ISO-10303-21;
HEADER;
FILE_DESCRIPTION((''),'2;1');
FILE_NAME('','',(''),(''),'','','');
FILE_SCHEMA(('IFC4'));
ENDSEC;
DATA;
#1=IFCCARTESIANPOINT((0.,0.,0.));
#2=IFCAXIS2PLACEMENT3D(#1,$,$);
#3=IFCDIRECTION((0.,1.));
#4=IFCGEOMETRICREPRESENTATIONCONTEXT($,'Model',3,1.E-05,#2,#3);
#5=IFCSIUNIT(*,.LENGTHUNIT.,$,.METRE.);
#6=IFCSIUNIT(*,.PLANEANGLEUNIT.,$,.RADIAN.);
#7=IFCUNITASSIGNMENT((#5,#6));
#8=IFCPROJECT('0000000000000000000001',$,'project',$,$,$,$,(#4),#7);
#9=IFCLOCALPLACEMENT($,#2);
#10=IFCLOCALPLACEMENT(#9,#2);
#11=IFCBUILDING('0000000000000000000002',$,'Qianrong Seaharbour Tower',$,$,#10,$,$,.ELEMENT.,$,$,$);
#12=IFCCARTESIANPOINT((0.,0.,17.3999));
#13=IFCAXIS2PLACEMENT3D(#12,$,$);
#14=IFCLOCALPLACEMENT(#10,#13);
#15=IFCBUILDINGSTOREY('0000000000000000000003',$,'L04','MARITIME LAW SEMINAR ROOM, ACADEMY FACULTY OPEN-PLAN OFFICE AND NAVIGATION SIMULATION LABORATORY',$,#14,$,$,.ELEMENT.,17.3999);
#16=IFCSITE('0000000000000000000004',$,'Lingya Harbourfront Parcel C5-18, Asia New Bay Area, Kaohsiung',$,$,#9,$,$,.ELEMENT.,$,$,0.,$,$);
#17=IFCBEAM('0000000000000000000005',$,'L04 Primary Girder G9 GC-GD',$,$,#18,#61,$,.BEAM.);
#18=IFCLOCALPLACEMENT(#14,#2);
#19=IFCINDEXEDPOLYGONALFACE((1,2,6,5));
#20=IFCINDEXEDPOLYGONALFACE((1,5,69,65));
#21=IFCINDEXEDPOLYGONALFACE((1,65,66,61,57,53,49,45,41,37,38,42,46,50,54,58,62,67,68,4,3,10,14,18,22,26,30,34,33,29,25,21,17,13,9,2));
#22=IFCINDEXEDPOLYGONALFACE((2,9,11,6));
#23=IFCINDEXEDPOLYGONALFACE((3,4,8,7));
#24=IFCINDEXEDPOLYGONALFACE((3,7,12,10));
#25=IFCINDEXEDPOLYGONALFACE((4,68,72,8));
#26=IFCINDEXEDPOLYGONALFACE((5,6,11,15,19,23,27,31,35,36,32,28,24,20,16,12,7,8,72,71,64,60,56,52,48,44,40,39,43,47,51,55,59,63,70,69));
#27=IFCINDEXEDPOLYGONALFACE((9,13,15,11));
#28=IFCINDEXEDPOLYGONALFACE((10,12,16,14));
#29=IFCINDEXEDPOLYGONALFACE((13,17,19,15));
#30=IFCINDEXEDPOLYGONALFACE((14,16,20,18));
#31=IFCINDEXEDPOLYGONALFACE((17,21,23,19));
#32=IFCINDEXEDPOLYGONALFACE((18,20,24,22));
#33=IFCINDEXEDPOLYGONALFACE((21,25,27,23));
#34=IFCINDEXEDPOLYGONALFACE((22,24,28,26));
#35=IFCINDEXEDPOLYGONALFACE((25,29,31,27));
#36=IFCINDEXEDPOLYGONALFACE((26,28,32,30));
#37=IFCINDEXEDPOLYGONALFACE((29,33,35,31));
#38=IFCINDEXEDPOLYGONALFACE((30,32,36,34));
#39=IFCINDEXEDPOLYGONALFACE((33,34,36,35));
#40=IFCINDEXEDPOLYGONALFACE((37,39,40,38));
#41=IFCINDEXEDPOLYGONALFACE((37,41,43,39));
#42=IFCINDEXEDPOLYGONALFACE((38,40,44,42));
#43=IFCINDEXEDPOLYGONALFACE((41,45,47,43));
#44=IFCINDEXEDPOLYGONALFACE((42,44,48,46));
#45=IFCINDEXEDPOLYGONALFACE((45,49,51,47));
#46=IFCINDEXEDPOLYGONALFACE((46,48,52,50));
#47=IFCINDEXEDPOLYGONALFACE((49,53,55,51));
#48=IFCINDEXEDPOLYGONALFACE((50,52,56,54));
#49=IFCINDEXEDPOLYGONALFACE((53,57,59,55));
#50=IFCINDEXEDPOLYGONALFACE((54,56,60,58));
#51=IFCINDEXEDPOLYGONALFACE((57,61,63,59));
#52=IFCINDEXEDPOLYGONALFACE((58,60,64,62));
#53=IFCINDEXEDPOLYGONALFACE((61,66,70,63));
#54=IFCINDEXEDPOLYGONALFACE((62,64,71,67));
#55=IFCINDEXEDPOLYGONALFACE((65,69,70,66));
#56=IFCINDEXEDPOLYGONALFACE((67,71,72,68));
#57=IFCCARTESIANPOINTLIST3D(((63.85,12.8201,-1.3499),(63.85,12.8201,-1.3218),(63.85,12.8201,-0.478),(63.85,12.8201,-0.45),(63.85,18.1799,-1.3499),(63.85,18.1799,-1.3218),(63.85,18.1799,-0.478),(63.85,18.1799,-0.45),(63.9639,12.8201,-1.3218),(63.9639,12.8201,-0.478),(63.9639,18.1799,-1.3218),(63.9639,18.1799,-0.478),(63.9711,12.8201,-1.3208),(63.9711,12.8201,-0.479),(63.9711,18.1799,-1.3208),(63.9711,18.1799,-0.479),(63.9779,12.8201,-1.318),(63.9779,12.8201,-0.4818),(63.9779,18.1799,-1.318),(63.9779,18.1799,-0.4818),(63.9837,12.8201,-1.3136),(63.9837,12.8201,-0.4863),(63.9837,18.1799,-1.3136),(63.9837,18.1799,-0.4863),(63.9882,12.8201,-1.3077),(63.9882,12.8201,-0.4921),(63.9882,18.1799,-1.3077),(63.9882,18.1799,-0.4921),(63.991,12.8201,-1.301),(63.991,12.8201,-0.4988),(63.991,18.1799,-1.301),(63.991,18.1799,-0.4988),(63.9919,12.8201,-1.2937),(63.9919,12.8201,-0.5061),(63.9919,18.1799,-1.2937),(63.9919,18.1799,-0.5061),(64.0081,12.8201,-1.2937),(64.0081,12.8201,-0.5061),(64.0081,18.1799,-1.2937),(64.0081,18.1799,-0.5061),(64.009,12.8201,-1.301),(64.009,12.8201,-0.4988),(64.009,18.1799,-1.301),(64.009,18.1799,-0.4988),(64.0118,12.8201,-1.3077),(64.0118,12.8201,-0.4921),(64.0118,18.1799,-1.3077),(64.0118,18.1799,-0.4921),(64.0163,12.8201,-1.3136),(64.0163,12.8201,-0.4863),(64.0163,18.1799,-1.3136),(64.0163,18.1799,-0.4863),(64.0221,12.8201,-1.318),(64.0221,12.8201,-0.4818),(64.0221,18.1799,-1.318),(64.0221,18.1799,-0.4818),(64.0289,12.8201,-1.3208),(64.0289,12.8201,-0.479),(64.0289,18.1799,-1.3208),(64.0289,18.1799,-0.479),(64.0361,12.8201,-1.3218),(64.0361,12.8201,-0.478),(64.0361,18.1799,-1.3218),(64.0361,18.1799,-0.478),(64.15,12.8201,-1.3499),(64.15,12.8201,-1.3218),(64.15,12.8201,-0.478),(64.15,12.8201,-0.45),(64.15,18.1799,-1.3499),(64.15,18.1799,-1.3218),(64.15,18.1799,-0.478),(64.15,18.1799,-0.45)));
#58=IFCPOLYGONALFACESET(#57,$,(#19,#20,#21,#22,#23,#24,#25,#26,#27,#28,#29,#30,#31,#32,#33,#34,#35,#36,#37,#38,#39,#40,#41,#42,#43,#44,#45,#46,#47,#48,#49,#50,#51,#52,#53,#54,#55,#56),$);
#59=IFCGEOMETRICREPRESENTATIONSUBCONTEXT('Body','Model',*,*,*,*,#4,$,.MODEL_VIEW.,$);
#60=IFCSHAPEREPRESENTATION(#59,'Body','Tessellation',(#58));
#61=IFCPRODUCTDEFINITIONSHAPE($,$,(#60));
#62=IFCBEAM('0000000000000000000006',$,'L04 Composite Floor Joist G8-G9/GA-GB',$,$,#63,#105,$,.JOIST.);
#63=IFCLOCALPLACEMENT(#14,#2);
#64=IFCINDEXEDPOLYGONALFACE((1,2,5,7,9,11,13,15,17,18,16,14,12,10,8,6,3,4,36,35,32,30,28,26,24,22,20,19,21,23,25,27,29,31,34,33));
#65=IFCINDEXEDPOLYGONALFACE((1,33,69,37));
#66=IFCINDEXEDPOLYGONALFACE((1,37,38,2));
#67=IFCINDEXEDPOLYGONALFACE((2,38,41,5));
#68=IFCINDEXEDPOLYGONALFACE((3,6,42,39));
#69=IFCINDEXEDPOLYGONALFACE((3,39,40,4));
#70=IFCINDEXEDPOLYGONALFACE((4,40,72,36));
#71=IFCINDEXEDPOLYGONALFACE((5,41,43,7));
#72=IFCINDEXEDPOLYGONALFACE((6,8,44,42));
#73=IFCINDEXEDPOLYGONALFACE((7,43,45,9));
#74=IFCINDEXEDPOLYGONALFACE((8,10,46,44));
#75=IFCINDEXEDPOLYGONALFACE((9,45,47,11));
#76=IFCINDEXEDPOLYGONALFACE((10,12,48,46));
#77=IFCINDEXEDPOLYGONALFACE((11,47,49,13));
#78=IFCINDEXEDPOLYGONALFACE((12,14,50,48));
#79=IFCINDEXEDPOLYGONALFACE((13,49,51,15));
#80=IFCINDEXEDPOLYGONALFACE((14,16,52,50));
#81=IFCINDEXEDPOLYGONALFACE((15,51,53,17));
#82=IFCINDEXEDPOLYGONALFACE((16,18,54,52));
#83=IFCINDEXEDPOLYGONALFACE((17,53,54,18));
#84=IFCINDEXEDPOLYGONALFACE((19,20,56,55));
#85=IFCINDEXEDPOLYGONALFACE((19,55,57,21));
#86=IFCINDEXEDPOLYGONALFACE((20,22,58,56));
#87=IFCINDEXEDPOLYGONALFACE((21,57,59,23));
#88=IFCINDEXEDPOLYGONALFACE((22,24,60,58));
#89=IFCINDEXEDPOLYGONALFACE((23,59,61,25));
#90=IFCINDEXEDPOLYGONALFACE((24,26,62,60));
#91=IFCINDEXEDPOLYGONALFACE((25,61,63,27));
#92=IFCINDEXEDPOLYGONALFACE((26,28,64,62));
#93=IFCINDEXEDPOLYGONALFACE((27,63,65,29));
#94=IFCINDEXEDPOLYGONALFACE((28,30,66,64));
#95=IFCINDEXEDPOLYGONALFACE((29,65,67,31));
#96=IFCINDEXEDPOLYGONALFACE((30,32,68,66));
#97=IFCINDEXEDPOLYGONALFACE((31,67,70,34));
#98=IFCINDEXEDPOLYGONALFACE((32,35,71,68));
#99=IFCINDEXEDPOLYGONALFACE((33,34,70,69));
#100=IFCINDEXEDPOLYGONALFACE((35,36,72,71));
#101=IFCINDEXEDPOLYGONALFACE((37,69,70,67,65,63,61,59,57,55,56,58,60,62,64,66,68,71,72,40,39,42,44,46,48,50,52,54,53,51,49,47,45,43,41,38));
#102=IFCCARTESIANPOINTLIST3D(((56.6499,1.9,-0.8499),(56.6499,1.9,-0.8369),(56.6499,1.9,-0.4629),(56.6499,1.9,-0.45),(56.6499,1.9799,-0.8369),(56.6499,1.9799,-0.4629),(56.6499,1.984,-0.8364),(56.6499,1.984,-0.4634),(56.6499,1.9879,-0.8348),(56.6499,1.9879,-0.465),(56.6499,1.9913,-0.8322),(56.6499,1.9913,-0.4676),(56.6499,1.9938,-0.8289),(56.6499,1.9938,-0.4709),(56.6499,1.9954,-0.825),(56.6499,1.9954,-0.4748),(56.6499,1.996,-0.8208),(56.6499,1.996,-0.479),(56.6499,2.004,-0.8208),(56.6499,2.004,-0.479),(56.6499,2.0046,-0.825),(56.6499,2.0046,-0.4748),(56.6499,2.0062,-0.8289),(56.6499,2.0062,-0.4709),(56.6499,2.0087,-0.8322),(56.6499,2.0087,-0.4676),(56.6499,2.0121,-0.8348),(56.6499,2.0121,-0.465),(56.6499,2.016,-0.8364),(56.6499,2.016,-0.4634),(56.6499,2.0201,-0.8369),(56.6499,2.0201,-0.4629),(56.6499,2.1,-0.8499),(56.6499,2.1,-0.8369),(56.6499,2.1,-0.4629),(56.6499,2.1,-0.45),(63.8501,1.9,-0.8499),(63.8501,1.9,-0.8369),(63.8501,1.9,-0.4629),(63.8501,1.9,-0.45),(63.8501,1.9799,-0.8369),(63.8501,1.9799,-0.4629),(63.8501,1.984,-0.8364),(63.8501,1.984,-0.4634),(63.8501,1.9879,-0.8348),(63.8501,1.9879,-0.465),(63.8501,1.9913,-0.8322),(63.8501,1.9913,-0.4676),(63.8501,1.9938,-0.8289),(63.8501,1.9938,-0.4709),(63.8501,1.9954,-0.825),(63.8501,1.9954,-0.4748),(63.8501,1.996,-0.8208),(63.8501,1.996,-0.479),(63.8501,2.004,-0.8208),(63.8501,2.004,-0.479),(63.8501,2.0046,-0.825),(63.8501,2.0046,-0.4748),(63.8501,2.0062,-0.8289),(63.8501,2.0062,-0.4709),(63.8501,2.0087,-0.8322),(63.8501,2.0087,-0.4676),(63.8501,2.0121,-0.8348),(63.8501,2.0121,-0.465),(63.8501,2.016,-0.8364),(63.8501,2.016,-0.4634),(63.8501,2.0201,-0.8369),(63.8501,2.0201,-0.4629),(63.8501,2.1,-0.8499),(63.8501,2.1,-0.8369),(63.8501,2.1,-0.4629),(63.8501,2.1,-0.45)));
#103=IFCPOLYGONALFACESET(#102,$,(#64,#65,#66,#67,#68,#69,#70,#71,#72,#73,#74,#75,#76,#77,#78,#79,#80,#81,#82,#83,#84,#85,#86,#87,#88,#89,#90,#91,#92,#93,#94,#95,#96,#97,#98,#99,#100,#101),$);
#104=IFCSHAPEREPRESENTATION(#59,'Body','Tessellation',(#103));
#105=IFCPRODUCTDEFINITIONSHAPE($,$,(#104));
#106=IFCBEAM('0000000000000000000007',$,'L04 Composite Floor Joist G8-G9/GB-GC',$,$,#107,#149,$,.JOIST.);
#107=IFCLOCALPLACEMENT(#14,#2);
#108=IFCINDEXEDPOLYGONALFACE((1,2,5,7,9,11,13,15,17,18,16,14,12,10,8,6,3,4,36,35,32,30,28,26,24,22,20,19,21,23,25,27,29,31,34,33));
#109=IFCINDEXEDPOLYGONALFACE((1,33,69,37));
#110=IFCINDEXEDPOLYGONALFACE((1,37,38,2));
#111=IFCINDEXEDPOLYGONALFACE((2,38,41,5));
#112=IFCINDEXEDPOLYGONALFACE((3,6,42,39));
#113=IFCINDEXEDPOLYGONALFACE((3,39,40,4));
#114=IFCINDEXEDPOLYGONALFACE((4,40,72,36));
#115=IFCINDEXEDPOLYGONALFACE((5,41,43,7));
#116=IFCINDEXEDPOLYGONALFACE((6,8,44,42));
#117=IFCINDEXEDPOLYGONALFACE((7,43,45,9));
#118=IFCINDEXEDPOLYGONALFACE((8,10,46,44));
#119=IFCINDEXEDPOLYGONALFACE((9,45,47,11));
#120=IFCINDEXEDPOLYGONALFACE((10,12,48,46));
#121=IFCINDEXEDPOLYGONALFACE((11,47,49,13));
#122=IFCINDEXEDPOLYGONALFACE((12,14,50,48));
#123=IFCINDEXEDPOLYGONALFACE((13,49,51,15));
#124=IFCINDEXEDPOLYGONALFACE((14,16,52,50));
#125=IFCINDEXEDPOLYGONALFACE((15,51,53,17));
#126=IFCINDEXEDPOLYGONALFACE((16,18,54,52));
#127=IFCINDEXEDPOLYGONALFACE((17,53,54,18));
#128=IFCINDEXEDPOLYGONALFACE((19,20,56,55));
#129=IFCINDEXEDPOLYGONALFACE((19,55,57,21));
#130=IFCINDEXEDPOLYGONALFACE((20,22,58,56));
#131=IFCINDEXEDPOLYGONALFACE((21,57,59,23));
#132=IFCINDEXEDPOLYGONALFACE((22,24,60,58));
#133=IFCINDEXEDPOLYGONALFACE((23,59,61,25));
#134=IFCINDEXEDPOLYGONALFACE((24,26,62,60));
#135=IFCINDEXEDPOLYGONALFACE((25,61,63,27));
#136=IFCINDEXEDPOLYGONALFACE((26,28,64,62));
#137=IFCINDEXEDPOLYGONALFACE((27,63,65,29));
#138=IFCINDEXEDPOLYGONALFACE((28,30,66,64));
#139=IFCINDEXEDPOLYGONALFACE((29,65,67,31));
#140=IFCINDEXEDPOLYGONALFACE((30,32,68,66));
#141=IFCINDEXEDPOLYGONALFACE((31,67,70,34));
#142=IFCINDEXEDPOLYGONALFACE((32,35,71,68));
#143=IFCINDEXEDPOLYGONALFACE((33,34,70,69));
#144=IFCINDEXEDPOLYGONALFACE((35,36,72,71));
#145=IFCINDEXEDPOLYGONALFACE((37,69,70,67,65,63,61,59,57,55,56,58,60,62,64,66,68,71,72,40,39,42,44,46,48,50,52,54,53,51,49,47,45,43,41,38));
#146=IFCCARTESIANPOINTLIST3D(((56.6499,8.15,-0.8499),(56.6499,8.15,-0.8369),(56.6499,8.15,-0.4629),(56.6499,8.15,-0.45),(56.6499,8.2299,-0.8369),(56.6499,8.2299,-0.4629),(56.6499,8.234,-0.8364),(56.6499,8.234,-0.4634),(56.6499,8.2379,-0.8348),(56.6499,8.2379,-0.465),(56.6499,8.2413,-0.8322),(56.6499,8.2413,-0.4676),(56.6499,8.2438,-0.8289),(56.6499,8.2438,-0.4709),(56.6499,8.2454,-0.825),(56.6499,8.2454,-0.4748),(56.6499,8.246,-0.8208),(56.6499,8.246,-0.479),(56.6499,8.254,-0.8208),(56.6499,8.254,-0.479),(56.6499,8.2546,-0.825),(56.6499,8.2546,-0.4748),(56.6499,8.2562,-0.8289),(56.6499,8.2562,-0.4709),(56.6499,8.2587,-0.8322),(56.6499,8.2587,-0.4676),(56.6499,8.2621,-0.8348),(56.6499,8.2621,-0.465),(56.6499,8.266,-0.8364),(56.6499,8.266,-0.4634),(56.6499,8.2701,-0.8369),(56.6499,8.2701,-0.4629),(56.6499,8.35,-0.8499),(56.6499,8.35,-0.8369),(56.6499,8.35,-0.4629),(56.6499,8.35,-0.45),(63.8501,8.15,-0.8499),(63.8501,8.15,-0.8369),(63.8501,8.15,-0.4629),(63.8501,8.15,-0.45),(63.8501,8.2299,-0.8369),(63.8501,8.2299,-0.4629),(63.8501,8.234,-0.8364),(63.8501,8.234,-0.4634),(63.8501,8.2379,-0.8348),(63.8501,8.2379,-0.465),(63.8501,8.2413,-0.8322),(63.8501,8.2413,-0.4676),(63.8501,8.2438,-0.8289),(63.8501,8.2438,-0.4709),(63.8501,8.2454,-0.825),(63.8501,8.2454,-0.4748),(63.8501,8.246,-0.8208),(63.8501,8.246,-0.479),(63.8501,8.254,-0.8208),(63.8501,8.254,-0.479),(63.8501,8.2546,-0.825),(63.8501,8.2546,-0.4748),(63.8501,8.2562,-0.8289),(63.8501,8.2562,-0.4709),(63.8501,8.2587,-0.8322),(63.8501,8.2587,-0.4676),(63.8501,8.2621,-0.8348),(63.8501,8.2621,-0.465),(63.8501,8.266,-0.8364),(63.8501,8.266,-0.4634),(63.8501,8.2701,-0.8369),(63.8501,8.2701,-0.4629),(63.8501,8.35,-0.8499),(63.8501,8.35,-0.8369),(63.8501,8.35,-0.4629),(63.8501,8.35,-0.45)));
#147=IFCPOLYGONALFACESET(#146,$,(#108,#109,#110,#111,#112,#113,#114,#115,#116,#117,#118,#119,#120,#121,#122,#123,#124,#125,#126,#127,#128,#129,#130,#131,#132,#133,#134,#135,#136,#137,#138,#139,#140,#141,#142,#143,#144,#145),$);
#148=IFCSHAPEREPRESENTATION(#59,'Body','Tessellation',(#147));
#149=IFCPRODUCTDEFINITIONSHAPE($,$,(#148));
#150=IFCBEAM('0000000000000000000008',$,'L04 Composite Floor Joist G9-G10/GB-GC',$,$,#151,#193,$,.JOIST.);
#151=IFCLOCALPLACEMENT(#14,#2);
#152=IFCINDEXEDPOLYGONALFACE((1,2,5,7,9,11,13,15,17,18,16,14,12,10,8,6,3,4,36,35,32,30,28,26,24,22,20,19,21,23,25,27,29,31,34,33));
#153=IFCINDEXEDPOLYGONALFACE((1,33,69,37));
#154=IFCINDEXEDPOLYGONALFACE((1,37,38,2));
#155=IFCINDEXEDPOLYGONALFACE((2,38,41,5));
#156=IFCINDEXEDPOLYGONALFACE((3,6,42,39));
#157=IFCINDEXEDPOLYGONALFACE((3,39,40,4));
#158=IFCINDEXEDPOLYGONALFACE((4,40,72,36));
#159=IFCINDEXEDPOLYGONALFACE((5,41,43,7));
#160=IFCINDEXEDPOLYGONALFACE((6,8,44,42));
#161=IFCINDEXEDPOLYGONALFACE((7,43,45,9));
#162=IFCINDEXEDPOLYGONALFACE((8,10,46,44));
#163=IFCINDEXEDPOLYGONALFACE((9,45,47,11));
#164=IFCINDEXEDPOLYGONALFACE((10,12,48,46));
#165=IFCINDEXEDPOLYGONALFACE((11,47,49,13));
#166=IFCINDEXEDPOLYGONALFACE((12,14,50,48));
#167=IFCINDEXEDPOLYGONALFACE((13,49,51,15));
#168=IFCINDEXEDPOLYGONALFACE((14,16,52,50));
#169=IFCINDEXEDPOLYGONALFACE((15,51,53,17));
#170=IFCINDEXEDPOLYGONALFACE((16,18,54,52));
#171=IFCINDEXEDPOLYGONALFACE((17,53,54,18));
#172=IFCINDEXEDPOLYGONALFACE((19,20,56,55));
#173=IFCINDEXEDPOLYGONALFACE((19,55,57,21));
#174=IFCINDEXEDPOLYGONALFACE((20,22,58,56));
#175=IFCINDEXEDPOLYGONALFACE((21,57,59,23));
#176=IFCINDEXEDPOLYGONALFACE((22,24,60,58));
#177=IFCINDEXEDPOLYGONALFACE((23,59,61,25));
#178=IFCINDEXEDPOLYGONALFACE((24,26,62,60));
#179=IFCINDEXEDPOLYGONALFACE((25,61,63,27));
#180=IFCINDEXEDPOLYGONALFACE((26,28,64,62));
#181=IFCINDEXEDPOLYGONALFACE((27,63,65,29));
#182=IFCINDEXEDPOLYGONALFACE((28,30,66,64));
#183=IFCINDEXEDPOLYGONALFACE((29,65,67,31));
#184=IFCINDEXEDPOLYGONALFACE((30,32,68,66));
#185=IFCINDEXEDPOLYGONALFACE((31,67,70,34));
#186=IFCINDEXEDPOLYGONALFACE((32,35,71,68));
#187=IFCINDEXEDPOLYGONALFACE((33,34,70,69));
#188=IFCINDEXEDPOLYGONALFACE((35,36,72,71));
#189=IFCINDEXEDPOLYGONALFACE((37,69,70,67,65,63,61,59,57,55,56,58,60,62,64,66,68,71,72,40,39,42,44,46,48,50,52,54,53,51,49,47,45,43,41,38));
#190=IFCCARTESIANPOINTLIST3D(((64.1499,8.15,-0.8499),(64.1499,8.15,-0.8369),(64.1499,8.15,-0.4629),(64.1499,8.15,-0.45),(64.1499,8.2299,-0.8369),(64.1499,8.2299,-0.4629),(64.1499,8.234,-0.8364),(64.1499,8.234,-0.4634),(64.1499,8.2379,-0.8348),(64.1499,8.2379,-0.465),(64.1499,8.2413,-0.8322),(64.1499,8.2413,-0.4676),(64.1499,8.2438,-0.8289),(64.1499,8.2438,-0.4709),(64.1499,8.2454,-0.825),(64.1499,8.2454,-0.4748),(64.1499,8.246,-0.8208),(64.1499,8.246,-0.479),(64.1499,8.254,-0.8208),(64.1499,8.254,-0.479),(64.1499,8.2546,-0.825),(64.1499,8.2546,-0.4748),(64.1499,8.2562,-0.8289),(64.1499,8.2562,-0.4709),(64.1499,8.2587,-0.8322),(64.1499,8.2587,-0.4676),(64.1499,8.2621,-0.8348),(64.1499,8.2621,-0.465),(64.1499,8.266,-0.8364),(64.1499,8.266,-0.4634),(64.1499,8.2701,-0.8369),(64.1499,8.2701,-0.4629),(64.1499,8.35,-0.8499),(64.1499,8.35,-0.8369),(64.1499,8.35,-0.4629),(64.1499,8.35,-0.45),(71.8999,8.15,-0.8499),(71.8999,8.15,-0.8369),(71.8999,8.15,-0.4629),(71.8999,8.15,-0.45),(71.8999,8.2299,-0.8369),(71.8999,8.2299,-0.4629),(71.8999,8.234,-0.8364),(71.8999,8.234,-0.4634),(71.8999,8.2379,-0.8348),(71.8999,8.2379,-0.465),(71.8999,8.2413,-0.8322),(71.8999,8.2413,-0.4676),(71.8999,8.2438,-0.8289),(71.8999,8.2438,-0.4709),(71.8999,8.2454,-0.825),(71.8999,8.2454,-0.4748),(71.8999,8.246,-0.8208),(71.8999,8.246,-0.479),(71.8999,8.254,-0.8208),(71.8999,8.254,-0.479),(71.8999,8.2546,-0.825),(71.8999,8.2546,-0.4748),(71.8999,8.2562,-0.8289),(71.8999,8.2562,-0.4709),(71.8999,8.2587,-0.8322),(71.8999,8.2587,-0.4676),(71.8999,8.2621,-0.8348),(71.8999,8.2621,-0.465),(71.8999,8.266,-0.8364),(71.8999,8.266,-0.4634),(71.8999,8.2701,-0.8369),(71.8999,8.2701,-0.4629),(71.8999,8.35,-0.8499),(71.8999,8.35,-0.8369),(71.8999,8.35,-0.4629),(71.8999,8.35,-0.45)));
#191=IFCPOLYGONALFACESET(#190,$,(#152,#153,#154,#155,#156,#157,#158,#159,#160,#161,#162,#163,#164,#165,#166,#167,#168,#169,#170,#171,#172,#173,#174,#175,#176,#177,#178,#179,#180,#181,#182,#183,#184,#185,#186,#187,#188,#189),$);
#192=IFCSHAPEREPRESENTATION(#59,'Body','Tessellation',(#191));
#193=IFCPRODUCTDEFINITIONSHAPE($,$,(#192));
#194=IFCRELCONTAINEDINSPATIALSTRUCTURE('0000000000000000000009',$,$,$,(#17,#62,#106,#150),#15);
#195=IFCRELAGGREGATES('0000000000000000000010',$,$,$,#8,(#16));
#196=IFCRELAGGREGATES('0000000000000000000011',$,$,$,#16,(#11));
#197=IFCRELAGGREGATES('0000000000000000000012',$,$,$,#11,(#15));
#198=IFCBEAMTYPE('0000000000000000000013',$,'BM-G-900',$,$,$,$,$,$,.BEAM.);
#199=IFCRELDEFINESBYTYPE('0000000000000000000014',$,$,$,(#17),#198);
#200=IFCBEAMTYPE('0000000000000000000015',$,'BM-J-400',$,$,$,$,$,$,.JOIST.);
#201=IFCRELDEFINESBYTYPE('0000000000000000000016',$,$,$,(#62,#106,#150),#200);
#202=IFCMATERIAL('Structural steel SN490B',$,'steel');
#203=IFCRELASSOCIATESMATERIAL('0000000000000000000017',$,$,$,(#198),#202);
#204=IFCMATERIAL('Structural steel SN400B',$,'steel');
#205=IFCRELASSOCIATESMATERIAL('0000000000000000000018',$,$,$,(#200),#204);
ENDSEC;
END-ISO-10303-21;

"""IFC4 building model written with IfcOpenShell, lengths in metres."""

from ifc_helpers import new_model, si_unit, direction, frame, origin, origin_2d, place, context, subcontext, project, spatial, i_section, extrude, material, material_profile, profile_set, type_object, element, save


model = new_model("IFC4")

# Units and contexts
model_context = context("Model", 3, precision=1e-05, world=origin(), true_north=direction((0.0, 1.0)))
body_context = subcontext(model_context, "Body", "Model", "MODEL_VIEW")
ifc_project = project(units=[si_unit("LENGTHUNIT", "METRE"), si_unit("PLANEANGLEUNIT", "RADIAN")], contexts=[model_context])

# Site, building, storey
site_placement = place(None, origin())
site = spatial("IfcSite", under=ifc_project, at=site_placement, Name="Lingya Harbourfront Parcel C5-18, Asia New Bay Area, Kaohsiung", CompositionType="ELEMENT", RefElevation=0.0)
building_placement = place(site_placement, origin())
building = spatial("IfcBuilding", under=site, at=building_placement, Name="Qianrong Seaharbour Tower", CompositionType="ELEMENT")
storey_placement = place(building_placement, frame((0.0, 0.0, 17.3999)))
storey = spatial("IfcBuildingStorey", under=building, at=storey_placement, Name="L04", Description="MARITIME LAW SEMINAR ROOM, ACADEMY FACULTY OPEN-PLAN OFFICE AND NAVIGATION SIMULATION LABORATORY", CompositionType="ELEMENT", Elevation=17.3999)

# Beams
ifc_material_1 = material(Name="Structural steel SN490B", Category="steel")
ifc_material_profile_1 = material_profile(ifc_material_1, i_section(OverallWidth=0.3, OverallDepth=0.8999, WebThickness=0.0161, FlangeThickness=0.0281, FilletRadius=0.0281, at=origin_2d()), Name="H900x300x16x28")
ifc_profile_set_1 = profile_set([ifc_material_profile_1], Name="Structural steel SN490B")
beam_type_1 = type_object("IfcBeamType", Name="BM-G-900", PredefinedType="BEAM", material=ifc_profile_set_1)
beam_1_placement = place(storey_placement, frame((64.0, 12.8201, -0.8999), z_axis=(0.0, 1.0, 0.0), x_axis=(-1.0, 0.0, 0.0)))
element("IfcBeam", 1, at=beam_1_placement, inside=storey, type_object=beam_type_1, Name="L04 Primary Girder G9 GC-GD", PredefinedType="BEAM", context=body_context, shape_type="SweptSolid", body=[
    extrude(i_section(OverallWidth=0.3, OverallDepth=0.8999, WebThickness=0.0161, FlangeThickness=0.0281, FilletRadius=0.0281, at=origin_2d()), origin(), (0.0, 0.0, 1.0), 5.3599),
])
ifc_material_2 = material(Name="Structural steel SN400B", Category="steel")
ifc_material_profile_2 = material_profile(ifc_material_2, i_section(OverallWidth=0.2, OverallDepth=0.3999, WebThickness=0.0081, FlangeThickness=0.0129, FilletRadius=0.0161, at=origin_2d()), Name="H400x200x8x13")
ifc_profile_set_2 = profile_set([ifc_material_profile_2], Name="Structural steel SN400B")
beam_type_2 = type_object("IfcBeamType", Name="BM-J-400", PredefinedType="JOIST", material=ifc_profile_set_2)
for number, where, z_axis, x_axis, name in (
    (2, (56.6499, 2.0, -0.6499), (1.0, 0.0, 0.0), (0.0, 1.0, 0.0), "L04 Composite Floor Joist G8-G9/GA-GB"),
    (3, (56.6499, 8.25, -0.6499), (1.0, 0.0, 0.0), (0.0, 1.0, 0.0), "L04 Composite Floor Joist G8-G9/GB-GC"),
):
    element("IfcBeam", number, at=place(storey_placement, frame(where, z_axis=z_axis, x_axis=x_axis)), inside=storey, type_object=beam_type_2, Name=name, PredefinedType="JOIST", context=body_context, shape_type="SweptSolid", body=[
        extrude(i_section(OverallWidth=0.2, OverallDepth=0.3999, WebThickness=0.0081, FlangeThickness=0.0129, FilletRadius=0.0161, at=origin_2d()), origin(), (0.0, 0.0, 1.0), 7.2002),
    ])
beam_2_placement = place(storey_placement, frame((64.1499, 8.25, -0.6499), z_axis=(1.0, 0.0, 0.0), x_axis=(0.0, 1.0, 0.0)))
element("IfcBeam", 4, at=beam_2_placement, inside=storey, type_object=beam_type_2, Name="L04 Composite Floor Joist G9-G10/GB-GC", PredefinedType="JOIST", context=body_context, shape_type="SweptSolid", body=[
    extrude(i_section(OverallWidth=0.2, OverallDepth=0.3999, WebThickness=0.0081, FlangeThickness=0.0129, FilletRadius=0.0161, at=origin_2d()), origin(), (0.0, 0.0, 1.0), 7.75),
])

save(model, "model.ifc")
